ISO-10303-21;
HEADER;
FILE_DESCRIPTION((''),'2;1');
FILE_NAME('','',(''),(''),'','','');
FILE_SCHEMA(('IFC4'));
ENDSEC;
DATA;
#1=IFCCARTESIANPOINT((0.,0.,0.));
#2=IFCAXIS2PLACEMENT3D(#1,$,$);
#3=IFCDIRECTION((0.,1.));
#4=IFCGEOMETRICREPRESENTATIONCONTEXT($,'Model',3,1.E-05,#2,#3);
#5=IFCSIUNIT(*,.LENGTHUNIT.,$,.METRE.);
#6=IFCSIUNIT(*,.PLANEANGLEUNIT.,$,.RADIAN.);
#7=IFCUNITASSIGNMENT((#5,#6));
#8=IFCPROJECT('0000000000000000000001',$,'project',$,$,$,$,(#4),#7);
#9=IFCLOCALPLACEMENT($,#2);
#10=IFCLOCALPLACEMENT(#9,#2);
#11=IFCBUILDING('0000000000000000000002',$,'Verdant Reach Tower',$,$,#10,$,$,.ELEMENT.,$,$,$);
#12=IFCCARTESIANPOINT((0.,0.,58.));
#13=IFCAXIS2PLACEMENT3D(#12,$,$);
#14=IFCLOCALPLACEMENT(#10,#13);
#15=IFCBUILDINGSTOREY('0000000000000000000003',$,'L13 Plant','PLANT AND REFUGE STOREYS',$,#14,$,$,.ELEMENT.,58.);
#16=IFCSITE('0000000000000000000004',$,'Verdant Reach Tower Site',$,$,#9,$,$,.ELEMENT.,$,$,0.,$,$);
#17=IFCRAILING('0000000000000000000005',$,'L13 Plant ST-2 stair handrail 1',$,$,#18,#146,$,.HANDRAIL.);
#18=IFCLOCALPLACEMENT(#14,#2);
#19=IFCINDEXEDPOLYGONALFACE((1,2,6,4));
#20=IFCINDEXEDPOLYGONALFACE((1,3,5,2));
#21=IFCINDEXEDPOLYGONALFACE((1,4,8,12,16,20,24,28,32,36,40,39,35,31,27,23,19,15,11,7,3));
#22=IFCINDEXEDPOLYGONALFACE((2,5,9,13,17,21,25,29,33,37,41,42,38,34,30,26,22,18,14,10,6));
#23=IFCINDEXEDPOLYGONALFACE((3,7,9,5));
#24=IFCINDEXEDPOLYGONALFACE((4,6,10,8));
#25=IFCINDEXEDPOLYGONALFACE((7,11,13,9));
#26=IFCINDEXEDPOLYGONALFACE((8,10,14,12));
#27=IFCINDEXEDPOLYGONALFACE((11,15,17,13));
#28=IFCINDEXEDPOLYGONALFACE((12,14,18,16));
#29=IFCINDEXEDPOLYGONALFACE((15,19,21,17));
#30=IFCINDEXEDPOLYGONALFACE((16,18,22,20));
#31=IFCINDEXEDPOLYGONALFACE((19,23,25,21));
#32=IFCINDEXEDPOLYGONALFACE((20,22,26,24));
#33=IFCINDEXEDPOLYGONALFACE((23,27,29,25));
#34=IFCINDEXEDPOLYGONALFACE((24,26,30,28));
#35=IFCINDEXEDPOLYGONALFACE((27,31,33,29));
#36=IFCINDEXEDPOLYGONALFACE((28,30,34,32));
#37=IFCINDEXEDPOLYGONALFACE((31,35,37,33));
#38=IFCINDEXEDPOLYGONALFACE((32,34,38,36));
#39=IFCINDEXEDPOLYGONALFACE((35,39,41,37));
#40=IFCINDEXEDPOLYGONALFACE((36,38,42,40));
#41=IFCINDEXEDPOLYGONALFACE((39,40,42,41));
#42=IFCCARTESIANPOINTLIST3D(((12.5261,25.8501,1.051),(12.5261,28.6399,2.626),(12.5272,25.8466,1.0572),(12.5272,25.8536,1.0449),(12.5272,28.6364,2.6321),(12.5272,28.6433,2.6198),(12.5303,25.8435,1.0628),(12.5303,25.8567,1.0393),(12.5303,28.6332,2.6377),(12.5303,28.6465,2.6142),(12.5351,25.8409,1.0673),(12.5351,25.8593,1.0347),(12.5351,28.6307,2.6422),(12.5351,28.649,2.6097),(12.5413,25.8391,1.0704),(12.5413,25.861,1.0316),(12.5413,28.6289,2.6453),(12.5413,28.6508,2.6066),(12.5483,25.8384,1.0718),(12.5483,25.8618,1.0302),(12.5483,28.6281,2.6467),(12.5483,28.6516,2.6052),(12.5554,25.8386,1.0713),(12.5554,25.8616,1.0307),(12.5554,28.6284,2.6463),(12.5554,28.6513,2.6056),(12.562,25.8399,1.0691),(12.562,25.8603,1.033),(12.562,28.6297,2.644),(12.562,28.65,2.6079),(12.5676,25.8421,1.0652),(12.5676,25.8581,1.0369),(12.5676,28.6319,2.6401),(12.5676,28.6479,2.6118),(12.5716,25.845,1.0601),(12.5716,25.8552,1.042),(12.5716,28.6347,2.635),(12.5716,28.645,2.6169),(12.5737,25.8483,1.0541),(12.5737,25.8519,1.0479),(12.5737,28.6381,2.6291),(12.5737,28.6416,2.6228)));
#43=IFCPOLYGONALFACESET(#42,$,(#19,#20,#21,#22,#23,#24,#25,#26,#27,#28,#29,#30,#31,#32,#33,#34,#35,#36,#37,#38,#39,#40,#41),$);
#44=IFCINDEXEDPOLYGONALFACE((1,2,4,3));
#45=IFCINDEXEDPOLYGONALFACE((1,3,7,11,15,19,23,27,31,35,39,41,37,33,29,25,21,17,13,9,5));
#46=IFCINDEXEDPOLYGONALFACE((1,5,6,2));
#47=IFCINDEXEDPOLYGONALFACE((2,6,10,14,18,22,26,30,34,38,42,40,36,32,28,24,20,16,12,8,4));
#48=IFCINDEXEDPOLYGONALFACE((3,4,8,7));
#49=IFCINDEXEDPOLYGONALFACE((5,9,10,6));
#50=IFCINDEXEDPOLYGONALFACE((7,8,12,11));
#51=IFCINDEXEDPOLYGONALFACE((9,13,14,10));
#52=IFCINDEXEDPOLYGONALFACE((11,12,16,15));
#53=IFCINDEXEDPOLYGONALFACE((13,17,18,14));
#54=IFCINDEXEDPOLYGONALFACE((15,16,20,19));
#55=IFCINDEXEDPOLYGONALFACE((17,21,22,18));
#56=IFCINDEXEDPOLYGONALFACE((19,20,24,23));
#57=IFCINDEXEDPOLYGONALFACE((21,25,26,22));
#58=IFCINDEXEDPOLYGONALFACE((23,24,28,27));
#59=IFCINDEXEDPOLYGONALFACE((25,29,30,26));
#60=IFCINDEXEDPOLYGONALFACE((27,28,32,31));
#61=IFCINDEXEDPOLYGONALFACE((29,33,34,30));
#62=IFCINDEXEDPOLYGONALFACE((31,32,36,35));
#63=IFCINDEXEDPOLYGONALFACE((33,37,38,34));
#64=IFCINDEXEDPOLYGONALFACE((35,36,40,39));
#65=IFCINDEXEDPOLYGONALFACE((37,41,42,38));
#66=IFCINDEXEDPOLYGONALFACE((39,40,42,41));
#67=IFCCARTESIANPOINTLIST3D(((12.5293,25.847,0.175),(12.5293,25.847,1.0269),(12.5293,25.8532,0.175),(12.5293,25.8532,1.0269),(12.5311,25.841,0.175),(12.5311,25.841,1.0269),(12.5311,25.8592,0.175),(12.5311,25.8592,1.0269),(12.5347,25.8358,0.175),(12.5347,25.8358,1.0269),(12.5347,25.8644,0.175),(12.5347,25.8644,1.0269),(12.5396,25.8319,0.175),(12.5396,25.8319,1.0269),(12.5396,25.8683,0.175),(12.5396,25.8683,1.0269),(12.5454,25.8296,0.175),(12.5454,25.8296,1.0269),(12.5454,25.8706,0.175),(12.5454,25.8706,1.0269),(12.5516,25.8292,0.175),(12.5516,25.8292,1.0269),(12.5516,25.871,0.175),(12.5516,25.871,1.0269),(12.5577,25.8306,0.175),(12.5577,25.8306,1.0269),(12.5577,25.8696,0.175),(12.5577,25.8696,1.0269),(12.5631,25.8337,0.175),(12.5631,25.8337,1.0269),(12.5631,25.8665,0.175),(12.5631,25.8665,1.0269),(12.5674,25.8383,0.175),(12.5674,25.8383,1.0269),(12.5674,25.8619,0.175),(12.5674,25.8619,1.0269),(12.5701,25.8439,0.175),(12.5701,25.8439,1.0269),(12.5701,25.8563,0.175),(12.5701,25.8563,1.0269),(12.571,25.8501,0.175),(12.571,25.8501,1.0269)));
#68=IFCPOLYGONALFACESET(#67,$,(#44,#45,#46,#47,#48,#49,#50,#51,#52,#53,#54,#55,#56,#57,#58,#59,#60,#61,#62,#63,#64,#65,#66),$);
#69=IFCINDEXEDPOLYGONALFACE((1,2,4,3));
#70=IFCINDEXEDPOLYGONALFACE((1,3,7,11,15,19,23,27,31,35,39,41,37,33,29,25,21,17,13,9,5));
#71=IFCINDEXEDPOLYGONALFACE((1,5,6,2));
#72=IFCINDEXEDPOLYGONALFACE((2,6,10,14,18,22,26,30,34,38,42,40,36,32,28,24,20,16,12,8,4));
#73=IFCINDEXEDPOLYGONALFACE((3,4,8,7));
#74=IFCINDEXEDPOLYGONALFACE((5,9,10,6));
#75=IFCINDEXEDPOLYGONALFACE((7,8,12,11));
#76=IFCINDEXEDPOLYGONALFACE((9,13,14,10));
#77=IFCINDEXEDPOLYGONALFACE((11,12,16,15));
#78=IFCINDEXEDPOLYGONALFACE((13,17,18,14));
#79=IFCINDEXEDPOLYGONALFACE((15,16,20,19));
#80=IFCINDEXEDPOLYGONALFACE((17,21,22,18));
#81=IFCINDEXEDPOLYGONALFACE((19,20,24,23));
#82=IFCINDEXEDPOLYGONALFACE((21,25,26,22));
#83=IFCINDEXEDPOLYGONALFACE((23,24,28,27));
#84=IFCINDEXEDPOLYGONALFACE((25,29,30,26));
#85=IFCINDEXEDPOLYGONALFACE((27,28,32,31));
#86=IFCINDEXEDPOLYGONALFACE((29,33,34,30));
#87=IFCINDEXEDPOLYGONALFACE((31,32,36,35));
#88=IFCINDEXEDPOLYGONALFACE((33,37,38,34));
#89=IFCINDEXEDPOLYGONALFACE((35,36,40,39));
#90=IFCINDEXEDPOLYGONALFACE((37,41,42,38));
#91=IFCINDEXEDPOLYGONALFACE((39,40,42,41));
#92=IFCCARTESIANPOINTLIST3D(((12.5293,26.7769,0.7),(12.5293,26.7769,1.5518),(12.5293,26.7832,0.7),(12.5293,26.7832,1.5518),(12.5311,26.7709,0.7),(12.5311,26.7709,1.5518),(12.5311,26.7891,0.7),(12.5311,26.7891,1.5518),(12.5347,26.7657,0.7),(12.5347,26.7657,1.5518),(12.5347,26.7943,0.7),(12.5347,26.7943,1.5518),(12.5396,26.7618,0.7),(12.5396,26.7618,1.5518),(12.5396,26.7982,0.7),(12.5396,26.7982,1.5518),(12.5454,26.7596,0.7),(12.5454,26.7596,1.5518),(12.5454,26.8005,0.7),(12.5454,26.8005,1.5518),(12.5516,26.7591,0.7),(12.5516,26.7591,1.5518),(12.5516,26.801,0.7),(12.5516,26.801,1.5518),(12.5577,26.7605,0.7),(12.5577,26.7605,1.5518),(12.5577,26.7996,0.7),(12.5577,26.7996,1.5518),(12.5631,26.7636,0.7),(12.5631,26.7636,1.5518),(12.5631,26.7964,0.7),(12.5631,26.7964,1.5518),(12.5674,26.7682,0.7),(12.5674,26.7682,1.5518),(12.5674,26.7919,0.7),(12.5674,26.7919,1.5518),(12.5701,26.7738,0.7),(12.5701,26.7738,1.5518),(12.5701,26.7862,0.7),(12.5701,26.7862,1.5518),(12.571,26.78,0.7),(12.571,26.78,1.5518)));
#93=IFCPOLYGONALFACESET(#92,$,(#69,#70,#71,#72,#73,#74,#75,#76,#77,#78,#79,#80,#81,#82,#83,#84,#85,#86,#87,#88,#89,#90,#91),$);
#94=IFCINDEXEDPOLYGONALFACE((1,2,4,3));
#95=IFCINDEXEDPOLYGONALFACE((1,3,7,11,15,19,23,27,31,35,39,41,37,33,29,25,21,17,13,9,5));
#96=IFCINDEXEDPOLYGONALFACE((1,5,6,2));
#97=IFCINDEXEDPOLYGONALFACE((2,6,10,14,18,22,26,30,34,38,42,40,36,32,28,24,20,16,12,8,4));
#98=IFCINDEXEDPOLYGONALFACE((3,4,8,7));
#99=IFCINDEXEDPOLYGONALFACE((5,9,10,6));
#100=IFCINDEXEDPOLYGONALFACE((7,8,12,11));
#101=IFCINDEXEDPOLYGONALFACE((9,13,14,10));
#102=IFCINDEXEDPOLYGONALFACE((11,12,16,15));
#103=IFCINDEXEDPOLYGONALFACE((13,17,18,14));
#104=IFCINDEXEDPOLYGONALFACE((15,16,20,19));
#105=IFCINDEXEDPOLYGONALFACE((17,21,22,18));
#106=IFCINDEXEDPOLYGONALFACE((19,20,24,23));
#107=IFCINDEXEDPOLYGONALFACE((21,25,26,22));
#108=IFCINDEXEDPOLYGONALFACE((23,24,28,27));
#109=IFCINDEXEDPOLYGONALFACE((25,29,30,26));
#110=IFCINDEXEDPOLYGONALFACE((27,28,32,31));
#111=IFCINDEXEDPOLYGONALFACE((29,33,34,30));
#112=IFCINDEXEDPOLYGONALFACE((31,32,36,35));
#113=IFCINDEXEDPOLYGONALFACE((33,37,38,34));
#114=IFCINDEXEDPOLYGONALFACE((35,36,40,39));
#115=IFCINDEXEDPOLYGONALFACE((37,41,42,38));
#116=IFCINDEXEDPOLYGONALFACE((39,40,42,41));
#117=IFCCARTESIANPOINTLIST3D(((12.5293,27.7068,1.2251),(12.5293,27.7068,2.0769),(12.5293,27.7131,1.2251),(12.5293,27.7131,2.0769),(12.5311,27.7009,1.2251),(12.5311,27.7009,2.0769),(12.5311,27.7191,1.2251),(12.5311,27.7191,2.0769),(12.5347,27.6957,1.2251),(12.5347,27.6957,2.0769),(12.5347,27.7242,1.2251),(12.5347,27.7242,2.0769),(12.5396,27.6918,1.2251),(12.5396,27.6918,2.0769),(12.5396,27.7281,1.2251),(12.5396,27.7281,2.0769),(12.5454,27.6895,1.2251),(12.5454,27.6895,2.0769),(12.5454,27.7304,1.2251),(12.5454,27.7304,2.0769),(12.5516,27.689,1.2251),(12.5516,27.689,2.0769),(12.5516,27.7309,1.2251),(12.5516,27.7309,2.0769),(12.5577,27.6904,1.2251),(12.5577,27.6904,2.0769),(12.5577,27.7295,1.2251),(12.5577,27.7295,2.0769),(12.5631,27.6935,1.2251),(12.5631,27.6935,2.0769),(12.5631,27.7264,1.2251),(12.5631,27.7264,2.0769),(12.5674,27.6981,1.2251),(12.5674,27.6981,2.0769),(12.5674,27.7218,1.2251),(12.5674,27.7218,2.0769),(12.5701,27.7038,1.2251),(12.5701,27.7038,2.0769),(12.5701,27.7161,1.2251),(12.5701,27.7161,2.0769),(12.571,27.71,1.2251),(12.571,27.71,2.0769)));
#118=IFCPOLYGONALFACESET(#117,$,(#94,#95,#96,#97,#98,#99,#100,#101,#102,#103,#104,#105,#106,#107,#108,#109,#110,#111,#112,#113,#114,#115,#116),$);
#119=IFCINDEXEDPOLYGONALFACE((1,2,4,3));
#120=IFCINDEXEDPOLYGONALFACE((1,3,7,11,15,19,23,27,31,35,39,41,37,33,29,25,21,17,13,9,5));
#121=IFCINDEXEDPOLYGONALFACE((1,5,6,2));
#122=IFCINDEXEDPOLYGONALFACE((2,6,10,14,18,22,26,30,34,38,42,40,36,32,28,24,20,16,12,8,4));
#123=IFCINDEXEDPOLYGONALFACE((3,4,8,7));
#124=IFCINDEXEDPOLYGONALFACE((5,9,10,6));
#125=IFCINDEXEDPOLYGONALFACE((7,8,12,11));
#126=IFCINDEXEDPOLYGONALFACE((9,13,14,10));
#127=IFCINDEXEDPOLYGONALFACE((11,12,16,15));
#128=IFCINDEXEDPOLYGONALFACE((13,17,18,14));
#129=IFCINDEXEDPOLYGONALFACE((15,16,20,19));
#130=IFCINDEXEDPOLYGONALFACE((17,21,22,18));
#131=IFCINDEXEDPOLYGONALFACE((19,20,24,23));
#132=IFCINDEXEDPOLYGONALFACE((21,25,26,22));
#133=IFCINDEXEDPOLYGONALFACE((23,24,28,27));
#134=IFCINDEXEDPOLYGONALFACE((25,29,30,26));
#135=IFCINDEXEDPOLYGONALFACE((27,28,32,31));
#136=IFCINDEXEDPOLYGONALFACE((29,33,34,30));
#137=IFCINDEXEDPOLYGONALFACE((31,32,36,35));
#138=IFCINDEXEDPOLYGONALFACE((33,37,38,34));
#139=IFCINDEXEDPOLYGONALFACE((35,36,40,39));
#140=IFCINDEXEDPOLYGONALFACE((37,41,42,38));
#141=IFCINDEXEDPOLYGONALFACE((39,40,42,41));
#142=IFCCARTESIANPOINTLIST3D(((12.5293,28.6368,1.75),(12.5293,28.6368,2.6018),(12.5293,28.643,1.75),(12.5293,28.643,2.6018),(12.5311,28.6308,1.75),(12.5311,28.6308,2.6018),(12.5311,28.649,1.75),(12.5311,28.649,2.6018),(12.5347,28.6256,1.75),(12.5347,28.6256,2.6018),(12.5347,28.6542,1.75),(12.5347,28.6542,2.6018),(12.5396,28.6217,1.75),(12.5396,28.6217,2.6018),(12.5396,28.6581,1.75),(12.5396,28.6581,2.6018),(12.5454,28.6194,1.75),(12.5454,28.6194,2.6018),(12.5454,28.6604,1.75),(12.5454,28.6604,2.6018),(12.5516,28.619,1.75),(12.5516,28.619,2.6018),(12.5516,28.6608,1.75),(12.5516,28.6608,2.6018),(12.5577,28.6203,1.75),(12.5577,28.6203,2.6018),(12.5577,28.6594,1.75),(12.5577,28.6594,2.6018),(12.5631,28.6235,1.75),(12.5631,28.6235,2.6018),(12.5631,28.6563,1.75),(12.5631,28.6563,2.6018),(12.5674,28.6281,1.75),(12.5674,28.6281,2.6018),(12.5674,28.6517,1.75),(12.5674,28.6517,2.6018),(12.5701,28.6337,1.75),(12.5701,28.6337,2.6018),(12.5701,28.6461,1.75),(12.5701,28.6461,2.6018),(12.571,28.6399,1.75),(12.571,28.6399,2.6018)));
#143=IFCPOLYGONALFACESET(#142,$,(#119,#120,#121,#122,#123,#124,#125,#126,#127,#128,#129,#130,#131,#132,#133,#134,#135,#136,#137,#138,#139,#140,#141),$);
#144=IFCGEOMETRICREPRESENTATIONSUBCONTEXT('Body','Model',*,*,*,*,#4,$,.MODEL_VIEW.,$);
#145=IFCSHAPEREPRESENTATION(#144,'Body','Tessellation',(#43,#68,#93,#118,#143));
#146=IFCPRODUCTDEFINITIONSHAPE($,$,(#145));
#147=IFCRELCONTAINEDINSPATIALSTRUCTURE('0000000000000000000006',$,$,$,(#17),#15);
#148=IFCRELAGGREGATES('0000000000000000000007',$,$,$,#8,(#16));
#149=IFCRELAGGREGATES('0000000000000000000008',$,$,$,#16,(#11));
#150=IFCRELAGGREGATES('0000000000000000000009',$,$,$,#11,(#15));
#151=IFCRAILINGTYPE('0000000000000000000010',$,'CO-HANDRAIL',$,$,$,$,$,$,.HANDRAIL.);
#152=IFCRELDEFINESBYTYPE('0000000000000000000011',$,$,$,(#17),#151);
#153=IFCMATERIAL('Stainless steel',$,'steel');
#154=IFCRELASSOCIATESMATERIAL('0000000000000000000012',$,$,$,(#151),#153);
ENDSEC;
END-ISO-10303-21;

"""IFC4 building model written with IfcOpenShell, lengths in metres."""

from ifc_helpers import new_model, si_unit, direction, frame, origin, origin_2d, place, context, subcontext, project, spatial, circle, extrude, material, type_object, element, save


model = new_model("IFC4")

# Units and contexts
model_context = context("Model", 3, precision=1e-05, world=origin(), true_north=direction((0.0, 1.0)))
body_context = subcontext(model_context, "Body", "Model", "MODEL_VIEW")
ifc_project = project(units=[si_unit("LENGTHUNIT", "METRE"), si_unit("PLANEANGLEUNIT", "RADIAN")], contexts=[model_context])

# Site, building, storey
site_placement = place(None, origin())
site = spatial("IfcSite", under=ifc_project, at=site_placement, Name="Verdant Reach Tower Site", CompositionType="ELEMENT", RefElevation=0.0)
building_placement = place(site_placement, origin())
building = spatial("IfcBuilding", under=site, at=building_placement, Name="Verdant Reach Tower", CompositionType="ELEMENT")
storey_placement = place(building_placement, frame((0.0, 0.0, 58.0)))
storey = spatial("IfcBuildingStorey", under=building, at=storey_placement, Name="L13 Plant", Description="PLANT AND REFUGE STOREYS", CompositionType="ELEMENT", Elevation=58.0)

# Railing
ifc_material_1 = material(Name="Stainless steel", Category="steel")
railing_type_1 = type_object("IfcRailingType", Name="CO-HANDRAIL", PredefinedType="HANDRAIL", material=ifc_material_1)
railing_1_placement = place(storey_placement, frame((12.55, 25.8501, 0.175)))
element("IfcRailing", 1, at=railing_1_placement, inside=storey, type_object=railing_type_1, Name="L13 Plant ST-2 stair handrail 1", PredefinedType="HANDRAIL", context=body_context, shape_type="SweptSolid", body=[
    extrude(circle(Radius=0.0239, at=origin_2d()), frame((0.0, 0.0, 0.876), z_axis=(0.0, 0.870815, 0.49161), x_axis=(-1.0, 0.0, 0.0)), (0.0, 0.0, 1.0), 3.2036),
    extrude(circle(Radius=0.021, at=origin_2d()), origin(), (0.0, 0.0, 1.0), 0.8518),
    extrude(circle(Radius=0.021, at=origin_2d()), frame((0.0, 0.9299, 0.5249)), (0.0, 0.0, 1.0), 0.8518),
    extrude(circle(Radius=0.021, at=origin_2d()), frame((0.0, 1.8599, 1.05)), (0.0, 0.0, 1.0), 0.8518),
    extrude(circle(Radius=0.021, at=origin_2d()), frame((0.0, 2.7898, 1.575)), (0.0, 0.0, 1.0), 0.8518),
])

save(model, "model.ifc")
